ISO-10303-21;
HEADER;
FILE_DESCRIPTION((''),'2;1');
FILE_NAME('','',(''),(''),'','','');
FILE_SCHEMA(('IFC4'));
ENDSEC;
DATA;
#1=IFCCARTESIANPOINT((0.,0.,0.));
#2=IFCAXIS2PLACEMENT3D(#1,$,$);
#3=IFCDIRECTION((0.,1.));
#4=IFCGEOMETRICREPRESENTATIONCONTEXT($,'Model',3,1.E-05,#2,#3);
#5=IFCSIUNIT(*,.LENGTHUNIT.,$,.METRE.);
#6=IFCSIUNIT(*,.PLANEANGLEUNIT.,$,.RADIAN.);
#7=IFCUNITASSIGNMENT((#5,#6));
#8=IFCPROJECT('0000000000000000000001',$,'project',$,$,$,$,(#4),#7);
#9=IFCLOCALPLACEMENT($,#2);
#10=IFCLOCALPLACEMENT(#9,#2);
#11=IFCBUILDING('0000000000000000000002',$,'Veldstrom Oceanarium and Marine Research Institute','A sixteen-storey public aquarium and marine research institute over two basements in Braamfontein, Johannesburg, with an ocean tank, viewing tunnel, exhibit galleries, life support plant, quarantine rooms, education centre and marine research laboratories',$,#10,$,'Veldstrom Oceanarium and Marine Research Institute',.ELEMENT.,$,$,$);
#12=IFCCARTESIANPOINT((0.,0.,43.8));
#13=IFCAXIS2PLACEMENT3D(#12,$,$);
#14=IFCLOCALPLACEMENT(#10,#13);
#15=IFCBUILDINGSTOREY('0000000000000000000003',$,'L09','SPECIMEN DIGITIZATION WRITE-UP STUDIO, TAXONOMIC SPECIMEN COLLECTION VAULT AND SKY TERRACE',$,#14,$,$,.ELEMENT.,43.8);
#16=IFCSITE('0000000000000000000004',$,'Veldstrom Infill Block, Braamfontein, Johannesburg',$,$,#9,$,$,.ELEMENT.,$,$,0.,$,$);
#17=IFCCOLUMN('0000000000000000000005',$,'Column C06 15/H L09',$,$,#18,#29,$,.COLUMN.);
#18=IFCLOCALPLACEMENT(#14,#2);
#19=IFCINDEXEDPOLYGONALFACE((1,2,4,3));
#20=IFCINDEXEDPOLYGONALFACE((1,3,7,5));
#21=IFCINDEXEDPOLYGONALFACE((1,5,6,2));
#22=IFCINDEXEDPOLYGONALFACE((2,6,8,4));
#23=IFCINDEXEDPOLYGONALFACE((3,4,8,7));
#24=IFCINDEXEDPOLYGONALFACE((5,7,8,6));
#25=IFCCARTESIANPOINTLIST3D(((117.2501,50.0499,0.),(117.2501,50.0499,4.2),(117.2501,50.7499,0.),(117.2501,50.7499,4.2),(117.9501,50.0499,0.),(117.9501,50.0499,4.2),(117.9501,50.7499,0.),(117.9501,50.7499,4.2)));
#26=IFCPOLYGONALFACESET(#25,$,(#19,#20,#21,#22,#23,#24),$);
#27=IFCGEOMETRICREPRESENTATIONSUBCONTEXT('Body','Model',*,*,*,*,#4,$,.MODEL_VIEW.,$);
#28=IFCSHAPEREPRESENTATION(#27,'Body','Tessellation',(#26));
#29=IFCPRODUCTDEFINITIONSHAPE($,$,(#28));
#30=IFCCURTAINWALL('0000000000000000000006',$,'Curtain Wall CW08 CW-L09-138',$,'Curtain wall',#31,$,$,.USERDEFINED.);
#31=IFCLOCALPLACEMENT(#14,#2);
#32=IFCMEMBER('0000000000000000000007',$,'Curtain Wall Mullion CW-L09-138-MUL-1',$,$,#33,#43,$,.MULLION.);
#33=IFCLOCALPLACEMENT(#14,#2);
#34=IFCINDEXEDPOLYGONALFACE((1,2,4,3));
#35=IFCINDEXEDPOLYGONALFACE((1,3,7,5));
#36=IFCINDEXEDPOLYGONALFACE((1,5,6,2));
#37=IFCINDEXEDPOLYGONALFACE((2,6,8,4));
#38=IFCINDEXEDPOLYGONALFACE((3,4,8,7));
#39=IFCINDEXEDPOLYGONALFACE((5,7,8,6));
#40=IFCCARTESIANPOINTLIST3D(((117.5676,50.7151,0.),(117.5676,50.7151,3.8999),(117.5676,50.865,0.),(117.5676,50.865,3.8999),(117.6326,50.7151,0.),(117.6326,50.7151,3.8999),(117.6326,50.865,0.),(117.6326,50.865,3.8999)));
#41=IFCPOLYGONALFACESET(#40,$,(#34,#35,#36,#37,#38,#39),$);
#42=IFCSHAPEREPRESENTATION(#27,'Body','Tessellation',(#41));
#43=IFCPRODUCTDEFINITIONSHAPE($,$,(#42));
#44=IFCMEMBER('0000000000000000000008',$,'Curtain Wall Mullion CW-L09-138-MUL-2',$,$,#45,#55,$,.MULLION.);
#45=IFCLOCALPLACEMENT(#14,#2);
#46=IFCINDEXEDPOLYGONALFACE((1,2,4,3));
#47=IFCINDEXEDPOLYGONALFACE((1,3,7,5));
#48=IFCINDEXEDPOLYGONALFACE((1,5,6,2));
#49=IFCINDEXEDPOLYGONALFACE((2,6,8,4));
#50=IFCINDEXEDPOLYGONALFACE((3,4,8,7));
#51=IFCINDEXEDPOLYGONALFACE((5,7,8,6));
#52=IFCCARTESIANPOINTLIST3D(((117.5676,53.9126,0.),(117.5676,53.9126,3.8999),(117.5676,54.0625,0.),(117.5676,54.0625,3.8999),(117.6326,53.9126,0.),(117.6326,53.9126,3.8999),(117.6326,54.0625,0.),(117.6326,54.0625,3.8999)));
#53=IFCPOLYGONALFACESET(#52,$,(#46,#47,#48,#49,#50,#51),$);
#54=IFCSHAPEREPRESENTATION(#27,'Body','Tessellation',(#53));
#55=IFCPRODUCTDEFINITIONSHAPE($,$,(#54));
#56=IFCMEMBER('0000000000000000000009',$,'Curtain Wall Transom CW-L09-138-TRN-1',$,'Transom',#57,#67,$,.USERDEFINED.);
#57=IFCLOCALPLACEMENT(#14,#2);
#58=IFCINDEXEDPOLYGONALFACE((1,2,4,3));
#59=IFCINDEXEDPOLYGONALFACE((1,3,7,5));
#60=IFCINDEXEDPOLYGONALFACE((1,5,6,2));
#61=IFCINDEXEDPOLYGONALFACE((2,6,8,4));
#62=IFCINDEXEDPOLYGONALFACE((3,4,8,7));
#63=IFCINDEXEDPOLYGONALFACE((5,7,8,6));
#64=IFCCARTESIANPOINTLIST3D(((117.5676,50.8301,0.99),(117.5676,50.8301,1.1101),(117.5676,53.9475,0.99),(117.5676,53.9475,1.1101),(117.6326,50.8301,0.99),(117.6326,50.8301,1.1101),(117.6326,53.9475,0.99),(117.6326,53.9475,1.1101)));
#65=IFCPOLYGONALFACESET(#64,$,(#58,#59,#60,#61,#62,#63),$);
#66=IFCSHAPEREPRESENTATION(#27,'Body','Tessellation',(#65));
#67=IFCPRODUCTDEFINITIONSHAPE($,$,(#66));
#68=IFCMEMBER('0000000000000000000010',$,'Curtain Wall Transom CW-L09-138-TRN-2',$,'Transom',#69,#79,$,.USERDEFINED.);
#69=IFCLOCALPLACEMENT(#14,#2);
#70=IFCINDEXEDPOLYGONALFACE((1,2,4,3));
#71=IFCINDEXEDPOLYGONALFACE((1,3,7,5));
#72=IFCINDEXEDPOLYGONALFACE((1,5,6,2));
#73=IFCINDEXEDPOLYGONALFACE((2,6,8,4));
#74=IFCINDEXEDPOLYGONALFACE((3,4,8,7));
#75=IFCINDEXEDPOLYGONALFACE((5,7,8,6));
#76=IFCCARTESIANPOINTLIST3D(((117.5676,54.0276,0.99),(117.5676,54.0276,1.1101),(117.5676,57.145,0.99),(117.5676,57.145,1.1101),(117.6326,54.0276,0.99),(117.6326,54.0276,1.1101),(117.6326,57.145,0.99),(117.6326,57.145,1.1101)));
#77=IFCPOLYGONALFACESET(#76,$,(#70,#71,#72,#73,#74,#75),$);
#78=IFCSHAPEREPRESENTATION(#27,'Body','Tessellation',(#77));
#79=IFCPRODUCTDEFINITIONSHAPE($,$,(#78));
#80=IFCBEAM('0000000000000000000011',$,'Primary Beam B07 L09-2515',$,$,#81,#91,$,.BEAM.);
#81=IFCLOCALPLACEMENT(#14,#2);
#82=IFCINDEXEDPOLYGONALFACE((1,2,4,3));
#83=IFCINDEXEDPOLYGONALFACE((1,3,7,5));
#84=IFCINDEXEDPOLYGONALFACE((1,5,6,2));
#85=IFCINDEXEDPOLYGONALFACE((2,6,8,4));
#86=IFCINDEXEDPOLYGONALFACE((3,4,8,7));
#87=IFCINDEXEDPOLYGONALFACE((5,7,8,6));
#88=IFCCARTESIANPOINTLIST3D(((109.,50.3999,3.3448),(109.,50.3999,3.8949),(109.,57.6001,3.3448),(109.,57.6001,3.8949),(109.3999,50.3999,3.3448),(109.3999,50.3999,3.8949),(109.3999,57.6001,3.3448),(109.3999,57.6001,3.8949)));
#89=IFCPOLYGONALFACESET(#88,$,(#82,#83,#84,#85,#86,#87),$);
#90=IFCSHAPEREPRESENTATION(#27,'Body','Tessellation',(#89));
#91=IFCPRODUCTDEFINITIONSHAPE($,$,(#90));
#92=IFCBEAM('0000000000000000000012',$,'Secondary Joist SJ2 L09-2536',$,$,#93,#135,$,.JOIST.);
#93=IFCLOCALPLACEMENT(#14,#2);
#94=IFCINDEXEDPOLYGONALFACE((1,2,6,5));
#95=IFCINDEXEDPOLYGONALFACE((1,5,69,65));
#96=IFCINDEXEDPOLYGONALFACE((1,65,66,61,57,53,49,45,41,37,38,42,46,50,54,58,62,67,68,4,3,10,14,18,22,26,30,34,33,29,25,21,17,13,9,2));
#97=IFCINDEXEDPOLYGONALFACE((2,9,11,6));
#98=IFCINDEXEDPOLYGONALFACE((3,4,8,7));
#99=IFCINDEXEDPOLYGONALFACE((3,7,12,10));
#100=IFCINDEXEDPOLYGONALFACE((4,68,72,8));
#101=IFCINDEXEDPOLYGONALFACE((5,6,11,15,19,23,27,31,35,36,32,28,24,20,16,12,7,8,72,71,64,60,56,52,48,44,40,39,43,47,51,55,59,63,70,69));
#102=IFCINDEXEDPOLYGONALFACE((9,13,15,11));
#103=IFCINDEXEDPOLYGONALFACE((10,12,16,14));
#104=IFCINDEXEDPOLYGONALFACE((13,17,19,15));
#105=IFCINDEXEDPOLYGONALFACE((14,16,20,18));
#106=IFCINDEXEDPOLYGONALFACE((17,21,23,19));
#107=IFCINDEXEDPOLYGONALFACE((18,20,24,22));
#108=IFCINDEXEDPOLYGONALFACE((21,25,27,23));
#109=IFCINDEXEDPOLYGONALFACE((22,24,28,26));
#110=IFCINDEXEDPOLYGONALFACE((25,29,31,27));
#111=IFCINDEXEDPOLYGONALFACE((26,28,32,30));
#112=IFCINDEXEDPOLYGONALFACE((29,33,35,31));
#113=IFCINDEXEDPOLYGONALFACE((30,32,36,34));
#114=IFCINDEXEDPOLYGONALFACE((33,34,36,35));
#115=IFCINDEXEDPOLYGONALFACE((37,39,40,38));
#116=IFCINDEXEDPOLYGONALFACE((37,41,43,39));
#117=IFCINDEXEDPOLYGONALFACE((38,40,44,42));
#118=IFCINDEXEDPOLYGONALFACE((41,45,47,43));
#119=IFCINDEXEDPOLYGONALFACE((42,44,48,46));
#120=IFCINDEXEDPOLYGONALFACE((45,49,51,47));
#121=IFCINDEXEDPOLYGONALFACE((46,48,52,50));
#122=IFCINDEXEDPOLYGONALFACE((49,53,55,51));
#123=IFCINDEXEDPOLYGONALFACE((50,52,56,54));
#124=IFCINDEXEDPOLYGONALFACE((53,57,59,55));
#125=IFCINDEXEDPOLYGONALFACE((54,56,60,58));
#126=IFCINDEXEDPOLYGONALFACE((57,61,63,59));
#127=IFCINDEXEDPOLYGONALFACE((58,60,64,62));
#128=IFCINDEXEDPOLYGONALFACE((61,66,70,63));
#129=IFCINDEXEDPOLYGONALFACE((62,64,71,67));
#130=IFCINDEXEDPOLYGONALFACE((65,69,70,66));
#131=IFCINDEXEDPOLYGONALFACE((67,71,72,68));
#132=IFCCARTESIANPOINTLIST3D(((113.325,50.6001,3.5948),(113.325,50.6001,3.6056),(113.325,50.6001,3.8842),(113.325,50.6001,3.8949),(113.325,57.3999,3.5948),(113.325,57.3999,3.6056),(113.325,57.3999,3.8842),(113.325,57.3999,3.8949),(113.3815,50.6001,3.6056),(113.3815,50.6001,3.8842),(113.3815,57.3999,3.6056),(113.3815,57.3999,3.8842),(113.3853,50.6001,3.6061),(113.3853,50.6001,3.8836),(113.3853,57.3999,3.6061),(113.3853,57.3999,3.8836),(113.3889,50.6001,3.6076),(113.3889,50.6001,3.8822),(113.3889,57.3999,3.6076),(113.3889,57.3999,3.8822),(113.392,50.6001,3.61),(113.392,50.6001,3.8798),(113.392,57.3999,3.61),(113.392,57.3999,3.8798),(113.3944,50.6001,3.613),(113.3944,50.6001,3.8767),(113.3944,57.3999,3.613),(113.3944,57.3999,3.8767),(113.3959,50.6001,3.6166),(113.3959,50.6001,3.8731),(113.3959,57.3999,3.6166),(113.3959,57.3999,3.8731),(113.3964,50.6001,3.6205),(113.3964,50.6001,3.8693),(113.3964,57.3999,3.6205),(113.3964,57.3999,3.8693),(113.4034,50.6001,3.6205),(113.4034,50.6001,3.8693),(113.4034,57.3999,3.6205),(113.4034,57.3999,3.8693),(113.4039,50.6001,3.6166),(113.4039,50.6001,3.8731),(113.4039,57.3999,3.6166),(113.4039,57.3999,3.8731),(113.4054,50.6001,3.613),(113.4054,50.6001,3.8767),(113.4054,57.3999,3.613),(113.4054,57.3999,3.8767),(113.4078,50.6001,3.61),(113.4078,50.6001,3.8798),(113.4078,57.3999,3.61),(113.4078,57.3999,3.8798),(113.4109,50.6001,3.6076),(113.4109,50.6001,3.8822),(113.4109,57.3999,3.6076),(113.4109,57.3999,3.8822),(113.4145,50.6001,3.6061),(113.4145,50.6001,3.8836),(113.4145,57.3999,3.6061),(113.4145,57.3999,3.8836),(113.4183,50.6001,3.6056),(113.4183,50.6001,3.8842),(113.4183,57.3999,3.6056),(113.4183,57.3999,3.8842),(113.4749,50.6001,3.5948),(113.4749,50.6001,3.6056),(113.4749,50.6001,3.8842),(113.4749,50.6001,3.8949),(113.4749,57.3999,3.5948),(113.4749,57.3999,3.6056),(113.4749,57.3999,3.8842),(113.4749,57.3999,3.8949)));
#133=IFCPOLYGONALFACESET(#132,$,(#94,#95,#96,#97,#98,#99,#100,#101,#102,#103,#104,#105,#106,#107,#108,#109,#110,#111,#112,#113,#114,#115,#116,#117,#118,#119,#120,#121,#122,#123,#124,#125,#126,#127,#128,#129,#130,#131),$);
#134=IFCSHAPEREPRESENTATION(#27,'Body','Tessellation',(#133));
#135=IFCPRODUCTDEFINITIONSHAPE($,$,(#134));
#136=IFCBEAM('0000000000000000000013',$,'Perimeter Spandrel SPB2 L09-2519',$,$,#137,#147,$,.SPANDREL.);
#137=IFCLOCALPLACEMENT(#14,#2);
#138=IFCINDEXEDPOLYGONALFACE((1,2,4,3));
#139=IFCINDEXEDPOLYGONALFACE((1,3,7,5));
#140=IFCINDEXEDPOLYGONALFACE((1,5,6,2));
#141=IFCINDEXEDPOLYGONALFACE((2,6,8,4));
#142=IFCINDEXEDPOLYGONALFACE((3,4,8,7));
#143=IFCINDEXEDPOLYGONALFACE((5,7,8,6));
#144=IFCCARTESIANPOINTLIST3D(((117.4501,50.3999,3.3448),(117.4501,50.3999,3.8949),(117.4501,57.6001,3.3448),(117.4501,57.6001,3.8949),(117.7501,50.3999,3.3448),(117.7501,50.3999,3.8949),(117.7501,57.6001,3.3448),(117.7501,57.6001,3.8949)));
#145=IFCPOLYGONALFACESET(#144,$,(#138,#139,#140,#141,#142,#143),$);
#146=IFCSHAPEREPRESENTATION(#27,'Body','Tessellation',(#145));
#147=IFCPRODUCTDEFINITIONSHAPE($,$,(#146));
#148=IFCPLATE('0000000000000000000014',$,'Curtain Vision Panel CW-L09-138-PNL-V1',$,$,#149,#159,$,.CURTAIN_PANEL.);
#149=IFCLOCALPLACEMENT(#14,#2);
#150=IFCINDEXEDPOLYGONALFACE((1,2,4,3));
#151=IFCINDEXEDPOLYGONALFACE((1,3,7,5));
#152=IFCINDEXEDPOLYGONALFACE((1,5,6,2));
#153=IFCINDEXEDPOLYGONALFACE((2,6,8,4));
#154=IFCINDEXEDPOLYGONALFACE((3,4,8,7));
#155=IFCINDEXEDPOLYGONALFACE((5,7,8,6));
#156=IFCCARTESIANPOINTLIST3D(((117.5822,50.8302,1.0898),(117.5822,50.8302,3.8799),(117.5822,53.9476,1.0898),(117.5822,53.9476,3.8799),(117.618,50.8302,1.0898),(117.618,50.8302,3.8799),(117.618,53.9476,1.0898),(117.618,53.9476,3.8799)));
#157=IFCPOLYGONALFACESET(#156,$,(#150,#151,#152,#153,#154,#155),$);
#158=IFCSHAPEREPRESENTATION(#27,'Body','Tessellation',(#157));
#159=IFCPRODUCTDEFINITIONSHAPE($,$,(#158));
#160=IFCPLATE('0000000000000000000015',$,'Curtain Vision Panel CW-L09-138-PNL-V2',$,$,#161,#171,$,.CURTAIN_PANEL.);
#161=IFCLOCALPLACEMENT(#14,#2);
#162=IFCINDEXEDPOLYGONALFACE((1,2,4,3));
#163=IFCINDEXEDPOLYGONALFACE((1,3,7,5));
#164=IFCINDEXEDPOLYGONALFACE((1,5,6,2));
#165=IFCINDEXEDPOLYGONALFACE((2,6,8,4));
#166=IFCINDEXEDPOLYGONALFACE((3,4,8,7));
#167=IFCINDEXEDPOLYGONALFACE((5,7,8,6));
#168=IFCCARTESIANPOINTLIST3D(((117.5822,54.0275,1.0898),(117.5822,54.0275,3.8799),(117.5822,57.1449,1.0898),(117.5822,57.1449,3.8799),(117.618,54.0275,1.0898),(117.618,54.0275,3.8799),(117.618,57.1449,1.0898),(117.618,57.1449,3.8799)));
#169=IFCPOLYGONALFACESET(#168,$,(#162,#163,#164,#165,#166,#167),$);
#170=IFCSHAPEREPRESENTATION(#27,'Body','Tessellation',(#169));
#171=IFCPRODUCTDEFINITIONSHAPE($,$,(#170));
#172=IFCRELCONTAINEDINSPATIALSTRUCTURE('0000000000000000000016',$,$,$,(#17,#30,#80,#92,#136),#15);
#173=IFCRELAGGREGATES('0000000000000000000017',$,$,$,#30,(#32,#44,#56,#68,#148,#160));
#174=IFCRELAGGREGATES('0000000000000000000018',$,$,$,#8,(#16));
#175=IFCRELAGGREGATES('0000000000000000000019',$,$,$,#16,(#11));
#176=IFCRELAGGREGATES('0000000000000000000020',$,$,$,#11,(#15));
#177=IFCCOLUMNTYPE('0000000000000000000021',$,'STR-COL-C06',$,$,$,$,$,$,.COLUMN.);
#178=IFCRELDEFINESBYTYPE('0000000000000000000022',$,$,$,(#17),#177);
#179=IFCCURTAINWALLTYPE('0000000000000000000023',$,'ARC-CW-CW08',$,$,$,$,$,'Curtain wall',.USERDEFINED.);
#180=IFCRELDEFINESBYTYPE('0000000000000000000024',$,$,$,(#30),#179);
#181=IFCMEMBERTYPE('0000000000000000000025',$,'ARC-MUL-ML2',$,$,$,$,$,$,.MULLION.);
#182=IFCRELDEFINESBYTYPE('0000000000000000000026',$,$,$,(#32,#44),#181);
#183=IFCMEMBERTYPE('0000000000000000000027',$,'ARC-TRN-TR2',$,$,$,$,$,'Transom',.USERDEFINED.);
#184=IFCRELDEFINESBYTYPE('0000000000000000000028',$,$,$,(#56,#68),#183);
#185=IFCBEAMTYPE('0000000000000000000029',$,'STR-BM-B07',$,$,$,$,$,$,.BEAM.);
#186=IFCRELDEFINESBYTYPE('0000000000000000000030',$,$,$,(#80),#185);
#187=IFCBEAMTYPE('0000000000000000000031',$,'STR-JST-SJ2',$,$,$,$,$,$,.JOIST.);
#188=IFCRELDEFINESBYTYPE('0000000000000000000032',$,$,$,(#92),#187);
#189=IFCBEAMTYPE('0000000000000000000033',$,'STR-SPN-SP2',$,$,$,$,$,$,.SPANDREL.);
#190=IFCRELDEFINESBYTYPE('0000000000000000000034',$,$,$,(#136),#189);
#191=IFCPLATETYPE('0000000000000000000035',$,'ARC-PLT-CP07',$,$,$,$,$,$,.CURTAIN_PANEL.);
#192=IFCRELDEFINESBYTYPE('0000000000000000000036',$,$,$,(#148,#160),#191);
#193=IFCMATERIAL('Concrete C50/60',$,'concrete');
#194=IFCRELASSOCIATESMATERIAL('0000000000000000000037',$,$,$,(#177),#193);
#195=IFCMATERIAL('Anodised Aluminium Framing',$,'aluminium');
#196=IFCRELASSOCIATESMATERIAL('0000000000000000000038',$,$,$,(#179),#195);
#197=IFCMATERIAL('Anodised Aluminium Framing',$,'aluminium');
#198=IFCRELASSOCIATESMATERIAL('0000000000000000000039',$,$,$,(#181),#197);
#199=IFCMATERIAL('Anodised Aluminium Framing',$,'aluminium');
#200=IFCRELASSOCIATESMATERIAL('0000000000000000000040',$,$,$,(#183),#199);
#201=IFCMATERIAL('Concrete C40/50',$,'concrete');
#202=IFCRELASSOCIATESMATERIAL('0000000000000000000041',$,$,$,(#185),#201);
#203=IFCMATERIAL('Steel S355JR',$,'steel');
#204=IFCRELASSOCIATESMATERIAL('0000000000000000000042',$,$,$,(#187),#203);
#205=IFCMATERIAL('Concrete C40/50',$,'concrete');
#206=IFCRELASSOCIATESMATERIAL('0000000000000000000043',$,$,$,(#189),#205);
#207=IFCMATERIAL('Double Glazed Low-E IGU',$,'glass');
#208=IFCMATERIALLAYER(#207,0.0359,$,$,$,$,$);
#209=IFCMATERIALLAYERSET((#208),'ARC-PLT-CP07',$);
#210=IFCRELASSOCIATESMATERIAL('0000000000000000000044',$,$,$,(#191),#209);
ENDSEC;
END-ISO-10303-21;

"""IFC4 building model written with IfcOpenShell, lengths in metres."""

from ifc_helpers import new_model, si_unit, direction, frame, origin, origin_2d, place, context, subcontext, project, spatial, rectangle, i_section, extrude, material, layer, layer_set, material_profile, profile_set, type_object, element, aggregate, save


model = new_model("IFC4")

# Units and contexts
model_context = context("Model", 3, precision=1e-05, world=origin(), true_north=direction((0.0, 1.0)))
body_context = subcontext(model_context, "Body", "Model", "MODEL_VIEW")
ifc_project = project(units=[si_unit("LENGTHUNIT", "METRE"), si_unit("PLANEANGLEUNIT", "RADIAN")], contexts=[model_context])

# Site, building, storey
site_placement = place(None, origin())
site = spatial("IfcSite", under=ifc_project, at=site_placement, Name="Veldstrom Infill Block, Braamfontein, Johannesburg", CompositionType="ELEMENT", RefElevation=0.0)
building_placement = place(site_placement, origin())
building = spatial("IfcBuilding", under=site, at=building_placement, Name="Veldstrom Oceanarium and Marine Research Institute", Description="A sixteen-storey public aquarium and marine research institute over two basements in Braamfontein, Johannesburg, with an ocean tank, viewing tunnel, exhibit galleries, life support plant, quarantine rooms, education centre and marine research laboratories", LongName="Veldstrom Oceanarium and Marine Research Institute", CompositionType="ELEMENT")
storey_placement = place(building_placement, frame((0.0, 0.0, 43.8)))
storey = spatial("IfcBuildingStorey", under=building, at=storey_placement, Name="L09", Description="SPECIMEN DIGITIZATION WRITE-UP STUDIO, TAXONOMIC SPECIMEN COLLECTION VAULT AND SKY TERRACE", CompositionType="ELEMENT", Elevation=43.8)

# Column
ifc_material_1 = material(Name="Concrete C50/60", Category="concrete")
ifc_material_profile_1 = material_profile(ifc_material_1, rectangle(XDim=0.7, YDim=0.7, at=origin_2d()), Name="RC-COL-700x700")
ifc_profile_set_1 = profile_set([ifc_material_profile_1], Name="Concrete C50/60")
column_type = type_object("IfcColumnType", Name="STR-COL-C06", PredefinedType="COLUMN", material=ifc_profile_set_1)
column_placement = place(storey_placement, frame((117.6001, 50.3999, 0.0), z_axis=(0.0, 0.0, 1.0), x_axis=(1.0, 0.0, 0.0)))
element("IfcColumn", 1, at=column_placement, inside=storey, type_object=column_type, Name="Column C06 15/H L09", PredefinedType="COLUMN", context=body_context, shape_type="SweptSolid", body=[
    extrude(rectangle(XDim=0.7, YDim=0.7, at=origin_2d()), origin(), (0.0, 0.0, 1.0), 4.2),
])

# Curtain wall, members
ifc_material_2 = material(Name="Anodised Aluminium Framing", Category="aluminium")
curtain_wall_type = type_object("IfcCurtainWallType", Name="ARC-CW-CW08", ElementType="Curtain wall", PredefinedType="USERDEFINED", material=ifc_material_2)
curtain_wall_placement = place(storey_placement, origin())
curtain_wall = element("IfcCurtainWall", 2, at=curtain_wall_placement, inside=storey, type_object=curtain_wall_type, Name="Curtain Wall CW08 CW-L09-138", ObjectType="Curtain wall", PredefinedType="USERDEFINED")
ifc_material_3 = material(Name="Anodised Aluminium Framing", Category="aluminium")
ifc_material_profile_2 = material_profile(ifc_material_3, rectangle(XDim=0.0649, YDim=0.1499, at=origin_2d()), Name="ALU-MUL-65x150")
ifc_profile_set_2 = profile_set([ifc_material_profile_2], Name="Anodised Aluminium Framing")
member_type_1 = type_object("IfcMemberType", Name="ARC-MUL-ML2", PredefinedType="MULLION", material=ifc_profile_set_2)
member_1_placement = place(storey_placement, frame((117.6001, 50.79, 0.0), z_axis=(0.0, 0.0, 1.0), x_axis=(1.0, 0.0, 0.0)))
member_1 = element("IfcMember", 3, at=member_1_placement, type_object=member_type_1, Name="Curtain Wall Mullion CW-L09-138-MUL-1", PredefinedType="MULLION", context=body_context, shape_type="SweptSolid", body=[
    extrude(rectangle(XDim=0.0649, YDim=0.1499, at=origin_2d()), origin(), (0.0, 0.0, 1.0), 3.8999),
])
member_2_placement = place(storey_placement, frame((117.6001, 53.9875, 0.0), z_axis=(0.0, 0.0, 1.0), x_axis=(1.0, 0.0, 0.0)))
member_2 = element("IfcMember", 4, at=member_2_placement, type_object=member_type_1, Name="Curtain Wall Mullion CW-L09-138-MUL-2", PredefinedType="MULLION", context=body_context, shape_type="SweptSolid", body=[
    extrude(rectangle(XDim=0.0649, YDim=0.1499, at=origin_2d()), origin(), (0.0, 0.0, 1.0), 3.8999),
])
ifc_material_4 = material(Name="Anodised Aluminium Framing", Category="aluminium")
ifc_material_profile_3 = material_profile(ifc_material_4, rectangle(XDim=0.0649, YDim=0.1201, at=origin_2d()), Name="ALU-TRN-65x120")
ifc_profile_set_3 = profile_set([ifc_material_profile_3], Name="Anodised Aluminium Framing")
member_type_2 = type_object("IfcMemberType", Name="ARC-TRN-TR2", ElementType="Transom", PredefinedType="USERDEFINED", material=ifc_profile_set_3)
member_3_placement = place(storey_placement, frame((117.6001, 50.8301, 1.05), z_axis=(0.0, 1.0, 0.0), x_axis=(-1.0, 0.0, 0.0)))
member_3 = element("IfcMember", 5, at=member_3_placement, type_object=member_type_2, Name="Curtain Wall Transom CW-L09-138-TRN-1", ObjectType="Transom", PredefinedType="USERDEFINED", context=body_context, shape_type="SweptSolid", body=[
    extrude(rectangle(XDim=0.0649, YDim=0.1201, at=origin_2d()), origin(), (0.0, 0.0, 1.0), 3.1174),
])
member_4_placement = place(storey_placement, frame((117.6001, 54.0276, 1.05), z_axis=(0.0, 1.0, 0.0), x_axis=(-1.0, 0.0, 0.0)))
member_4 = element("IfcMember", 6, at=member_4_placement, type_object=member_type_2, Name="Curtain Wall Transom CW-L09-138-TRN-2", ObjectType="Transom", PredefinedType="USERDEFINED", context=body_context, shape_type="SweptSolid", body=[
    extrude(rectangle(XDim=0.0649, YDim=0.1201, at=origin_2d()), origin(), (0.0, 0.0, 1.0), 3.1174),
])

# Beams
ifc_material_5 = material(Name="Concrete C40/50", Category="concrete")
ifc_material_profile_4 = material_profile(ifc_material_5, rectangle(XDim=0.3999, YDim=0.55, at=origin_2d()), Name="RC-BM-400x550")
ifc_profile_set_4 = profile_set([ifc_material_profile_4], Name="Concrete C40/50")
beam_type_1 = type_object("IfcBeamType", Name="STR-BM-B07", PredefinedType="BEAM", material=ifc_profile_set_4)
beam_1_placement = place(storey_placement, frame((109.2, 50.3999, 3.6199), z_axis=(0.0, 1.0, 0.0), x_axis=(-1.0, 0.0, 0.0)))
element("IfcBeam", 7, at=beam_1_placement, inside=storey, type_object=beam_type_1, Name="Primary Beam B07 L09-2515", PredefinedType="BEAM", context=body_context, shape_type="SweptSolid", body=[
    extrude(rectangle(XDim=0.3999, YDim=0.55, at=origin_2d()), origin(), (0.0, 0.0, 1.0), 7.2002),
])
ifc_material_6 = material(Name="Steel S355JR", Category="steel")
ifc_material_profile_5 = material_profile(ifc_material_6, i_section(OverallWidth=0.1499, OverallDepth=0.3, WebThickness=0.0071, FlangeThickness=0.0107, FilletRadius=0.0149, at=origin_2d()), Name="IPE 300")
ifc_profile_set_5 = profile_set([ifc_material_profile_5], Name="Steel S355JR")
beam_type_2 = type_object("IfcBeamType", Name="STR-JST-SJ2", PredefinedType="JOIST", material=ifc_profile_set_5)
beam_2_placement = place(storey_placement, frame((113.3999, 50.6001, 3.7449), z_axis=(0.0, 1.0, 0.0), x_axis=(-1.0, 0.0, 0.0)))
element("IfcBeam", 8, at=beam_2_placement, inside=storey, type_object=beam_type_2, Name="Secondary Joist SJ2 L09-2536", PredefinedType="JOIST", context=body_context, shape_type="SweptSolid", body=[
    extrude(i_section(OverallWidth=0.1499, OverallDepth=0.3, WebThickness=0.0071, FlangeThickness=0.0107, FilletRadius=0.0149, at=origin_2d()), origin(), (0.0, 0.0, 1.0), 6.7998),
])
ifc_material_7 = material(Name="Concrete C40/50", Category="concrete")
ifc_material_profile_6 = material_profile(ifc_material_7, rectangle(XDim=0.3, YDim=0.55, at=origin_2d()), Name="RC-SPN-300x550")
ifc_profile_set_6 = profile_set([ifc_material_profile_6], Name="Concrete C40/50")
beam_type_3 = type_object("IfcBeamType", Name="STR-SPN-SP2", PredefinedType="SPANDREL", material=ifc_profile_set_6)
beam_3_placement = place(storey_placement, frame((117.6001, 50.3999, 3.6199), z_axis=(0.0, 1.0, 0.0), x_axis=(-1.0, 0.0, 0.0)))
element("IfcBeam", 9, at=beam_3_placement, inside=storey, type_object=beam_type_3, Name="Perimeter Spandrel SPB2 L09-2519", PredefinedType="SPANDREL", context=body_context, shape_type="SweptSolid", body=[
    extrude(rectangle(XDim=0.3, YDim=0.55, at=origin_2d()), origin(), (0.0, 0.0, 1.0), 7.2002),
])

# Plates
ifc_material_8 = material(Name="Double Glazed Low-E IGU", Category="glass")
ifc_layer_1 = layer(ifc_material_8, 0.0359)
ifc_layer_set_1 = layer_set([ifc_layer_1], Name="ARC-PLT-CP07")
plate_type_1 = type_object("IfcPlateType", Name="ARC-PLT-CP07", PredefinedType="CURTAIN_PANEL", material=ifc_layer_set_1)
plate_1_placement = place(storey_placement, frame((117.6001, 52.3889, 1.0898), z_axis=(0.0, 0.0, 1.0), x_axis=(0.0, 1.0, 0.0)))
plate_1 = element("IfcPlate", 10, at=plate_1_placement, type_object=plate_type_1, Name="Curtain Vision Panel CW-L09-138-PNL-V1", PredefinedType="CURTAIN_PANEL", context=body_context, shape_type="SweptSolid", body=[
    extrude(rectangle(XDim=3.1174, YDim=0.0359, at=origin_2d()), origin(), (0.0, 0.0, 1.0), 2.79),
])
plate_2_placement = place(storey_placement, frame((117.6001, 55.5862, 1.0898), z_axis=(0.0, 0.0, 1.0), x_axis=(0.0, 1.0, 0.0)))
plate_2 = element("IfcPlate", 11, at=plate_2_placement, type_object=plate_type_1, Name="Curtain Vision Panel CW-L09-138-PNL-V2", PredefinedType="CURTAIN_PANEL", context=body_context, shape_type="SweptSolid", body=[
    extrude(rectangle(XDim=3.1174, YDim=0.0359, at=origin_2d()), origin(), (0.0, 0.0, 1.0), 2.79),
])
aggregate(curtain_wall, [member_1, member_2, member_3, member_4, plate_1, plate_2])

save(model, "model.ifc")
